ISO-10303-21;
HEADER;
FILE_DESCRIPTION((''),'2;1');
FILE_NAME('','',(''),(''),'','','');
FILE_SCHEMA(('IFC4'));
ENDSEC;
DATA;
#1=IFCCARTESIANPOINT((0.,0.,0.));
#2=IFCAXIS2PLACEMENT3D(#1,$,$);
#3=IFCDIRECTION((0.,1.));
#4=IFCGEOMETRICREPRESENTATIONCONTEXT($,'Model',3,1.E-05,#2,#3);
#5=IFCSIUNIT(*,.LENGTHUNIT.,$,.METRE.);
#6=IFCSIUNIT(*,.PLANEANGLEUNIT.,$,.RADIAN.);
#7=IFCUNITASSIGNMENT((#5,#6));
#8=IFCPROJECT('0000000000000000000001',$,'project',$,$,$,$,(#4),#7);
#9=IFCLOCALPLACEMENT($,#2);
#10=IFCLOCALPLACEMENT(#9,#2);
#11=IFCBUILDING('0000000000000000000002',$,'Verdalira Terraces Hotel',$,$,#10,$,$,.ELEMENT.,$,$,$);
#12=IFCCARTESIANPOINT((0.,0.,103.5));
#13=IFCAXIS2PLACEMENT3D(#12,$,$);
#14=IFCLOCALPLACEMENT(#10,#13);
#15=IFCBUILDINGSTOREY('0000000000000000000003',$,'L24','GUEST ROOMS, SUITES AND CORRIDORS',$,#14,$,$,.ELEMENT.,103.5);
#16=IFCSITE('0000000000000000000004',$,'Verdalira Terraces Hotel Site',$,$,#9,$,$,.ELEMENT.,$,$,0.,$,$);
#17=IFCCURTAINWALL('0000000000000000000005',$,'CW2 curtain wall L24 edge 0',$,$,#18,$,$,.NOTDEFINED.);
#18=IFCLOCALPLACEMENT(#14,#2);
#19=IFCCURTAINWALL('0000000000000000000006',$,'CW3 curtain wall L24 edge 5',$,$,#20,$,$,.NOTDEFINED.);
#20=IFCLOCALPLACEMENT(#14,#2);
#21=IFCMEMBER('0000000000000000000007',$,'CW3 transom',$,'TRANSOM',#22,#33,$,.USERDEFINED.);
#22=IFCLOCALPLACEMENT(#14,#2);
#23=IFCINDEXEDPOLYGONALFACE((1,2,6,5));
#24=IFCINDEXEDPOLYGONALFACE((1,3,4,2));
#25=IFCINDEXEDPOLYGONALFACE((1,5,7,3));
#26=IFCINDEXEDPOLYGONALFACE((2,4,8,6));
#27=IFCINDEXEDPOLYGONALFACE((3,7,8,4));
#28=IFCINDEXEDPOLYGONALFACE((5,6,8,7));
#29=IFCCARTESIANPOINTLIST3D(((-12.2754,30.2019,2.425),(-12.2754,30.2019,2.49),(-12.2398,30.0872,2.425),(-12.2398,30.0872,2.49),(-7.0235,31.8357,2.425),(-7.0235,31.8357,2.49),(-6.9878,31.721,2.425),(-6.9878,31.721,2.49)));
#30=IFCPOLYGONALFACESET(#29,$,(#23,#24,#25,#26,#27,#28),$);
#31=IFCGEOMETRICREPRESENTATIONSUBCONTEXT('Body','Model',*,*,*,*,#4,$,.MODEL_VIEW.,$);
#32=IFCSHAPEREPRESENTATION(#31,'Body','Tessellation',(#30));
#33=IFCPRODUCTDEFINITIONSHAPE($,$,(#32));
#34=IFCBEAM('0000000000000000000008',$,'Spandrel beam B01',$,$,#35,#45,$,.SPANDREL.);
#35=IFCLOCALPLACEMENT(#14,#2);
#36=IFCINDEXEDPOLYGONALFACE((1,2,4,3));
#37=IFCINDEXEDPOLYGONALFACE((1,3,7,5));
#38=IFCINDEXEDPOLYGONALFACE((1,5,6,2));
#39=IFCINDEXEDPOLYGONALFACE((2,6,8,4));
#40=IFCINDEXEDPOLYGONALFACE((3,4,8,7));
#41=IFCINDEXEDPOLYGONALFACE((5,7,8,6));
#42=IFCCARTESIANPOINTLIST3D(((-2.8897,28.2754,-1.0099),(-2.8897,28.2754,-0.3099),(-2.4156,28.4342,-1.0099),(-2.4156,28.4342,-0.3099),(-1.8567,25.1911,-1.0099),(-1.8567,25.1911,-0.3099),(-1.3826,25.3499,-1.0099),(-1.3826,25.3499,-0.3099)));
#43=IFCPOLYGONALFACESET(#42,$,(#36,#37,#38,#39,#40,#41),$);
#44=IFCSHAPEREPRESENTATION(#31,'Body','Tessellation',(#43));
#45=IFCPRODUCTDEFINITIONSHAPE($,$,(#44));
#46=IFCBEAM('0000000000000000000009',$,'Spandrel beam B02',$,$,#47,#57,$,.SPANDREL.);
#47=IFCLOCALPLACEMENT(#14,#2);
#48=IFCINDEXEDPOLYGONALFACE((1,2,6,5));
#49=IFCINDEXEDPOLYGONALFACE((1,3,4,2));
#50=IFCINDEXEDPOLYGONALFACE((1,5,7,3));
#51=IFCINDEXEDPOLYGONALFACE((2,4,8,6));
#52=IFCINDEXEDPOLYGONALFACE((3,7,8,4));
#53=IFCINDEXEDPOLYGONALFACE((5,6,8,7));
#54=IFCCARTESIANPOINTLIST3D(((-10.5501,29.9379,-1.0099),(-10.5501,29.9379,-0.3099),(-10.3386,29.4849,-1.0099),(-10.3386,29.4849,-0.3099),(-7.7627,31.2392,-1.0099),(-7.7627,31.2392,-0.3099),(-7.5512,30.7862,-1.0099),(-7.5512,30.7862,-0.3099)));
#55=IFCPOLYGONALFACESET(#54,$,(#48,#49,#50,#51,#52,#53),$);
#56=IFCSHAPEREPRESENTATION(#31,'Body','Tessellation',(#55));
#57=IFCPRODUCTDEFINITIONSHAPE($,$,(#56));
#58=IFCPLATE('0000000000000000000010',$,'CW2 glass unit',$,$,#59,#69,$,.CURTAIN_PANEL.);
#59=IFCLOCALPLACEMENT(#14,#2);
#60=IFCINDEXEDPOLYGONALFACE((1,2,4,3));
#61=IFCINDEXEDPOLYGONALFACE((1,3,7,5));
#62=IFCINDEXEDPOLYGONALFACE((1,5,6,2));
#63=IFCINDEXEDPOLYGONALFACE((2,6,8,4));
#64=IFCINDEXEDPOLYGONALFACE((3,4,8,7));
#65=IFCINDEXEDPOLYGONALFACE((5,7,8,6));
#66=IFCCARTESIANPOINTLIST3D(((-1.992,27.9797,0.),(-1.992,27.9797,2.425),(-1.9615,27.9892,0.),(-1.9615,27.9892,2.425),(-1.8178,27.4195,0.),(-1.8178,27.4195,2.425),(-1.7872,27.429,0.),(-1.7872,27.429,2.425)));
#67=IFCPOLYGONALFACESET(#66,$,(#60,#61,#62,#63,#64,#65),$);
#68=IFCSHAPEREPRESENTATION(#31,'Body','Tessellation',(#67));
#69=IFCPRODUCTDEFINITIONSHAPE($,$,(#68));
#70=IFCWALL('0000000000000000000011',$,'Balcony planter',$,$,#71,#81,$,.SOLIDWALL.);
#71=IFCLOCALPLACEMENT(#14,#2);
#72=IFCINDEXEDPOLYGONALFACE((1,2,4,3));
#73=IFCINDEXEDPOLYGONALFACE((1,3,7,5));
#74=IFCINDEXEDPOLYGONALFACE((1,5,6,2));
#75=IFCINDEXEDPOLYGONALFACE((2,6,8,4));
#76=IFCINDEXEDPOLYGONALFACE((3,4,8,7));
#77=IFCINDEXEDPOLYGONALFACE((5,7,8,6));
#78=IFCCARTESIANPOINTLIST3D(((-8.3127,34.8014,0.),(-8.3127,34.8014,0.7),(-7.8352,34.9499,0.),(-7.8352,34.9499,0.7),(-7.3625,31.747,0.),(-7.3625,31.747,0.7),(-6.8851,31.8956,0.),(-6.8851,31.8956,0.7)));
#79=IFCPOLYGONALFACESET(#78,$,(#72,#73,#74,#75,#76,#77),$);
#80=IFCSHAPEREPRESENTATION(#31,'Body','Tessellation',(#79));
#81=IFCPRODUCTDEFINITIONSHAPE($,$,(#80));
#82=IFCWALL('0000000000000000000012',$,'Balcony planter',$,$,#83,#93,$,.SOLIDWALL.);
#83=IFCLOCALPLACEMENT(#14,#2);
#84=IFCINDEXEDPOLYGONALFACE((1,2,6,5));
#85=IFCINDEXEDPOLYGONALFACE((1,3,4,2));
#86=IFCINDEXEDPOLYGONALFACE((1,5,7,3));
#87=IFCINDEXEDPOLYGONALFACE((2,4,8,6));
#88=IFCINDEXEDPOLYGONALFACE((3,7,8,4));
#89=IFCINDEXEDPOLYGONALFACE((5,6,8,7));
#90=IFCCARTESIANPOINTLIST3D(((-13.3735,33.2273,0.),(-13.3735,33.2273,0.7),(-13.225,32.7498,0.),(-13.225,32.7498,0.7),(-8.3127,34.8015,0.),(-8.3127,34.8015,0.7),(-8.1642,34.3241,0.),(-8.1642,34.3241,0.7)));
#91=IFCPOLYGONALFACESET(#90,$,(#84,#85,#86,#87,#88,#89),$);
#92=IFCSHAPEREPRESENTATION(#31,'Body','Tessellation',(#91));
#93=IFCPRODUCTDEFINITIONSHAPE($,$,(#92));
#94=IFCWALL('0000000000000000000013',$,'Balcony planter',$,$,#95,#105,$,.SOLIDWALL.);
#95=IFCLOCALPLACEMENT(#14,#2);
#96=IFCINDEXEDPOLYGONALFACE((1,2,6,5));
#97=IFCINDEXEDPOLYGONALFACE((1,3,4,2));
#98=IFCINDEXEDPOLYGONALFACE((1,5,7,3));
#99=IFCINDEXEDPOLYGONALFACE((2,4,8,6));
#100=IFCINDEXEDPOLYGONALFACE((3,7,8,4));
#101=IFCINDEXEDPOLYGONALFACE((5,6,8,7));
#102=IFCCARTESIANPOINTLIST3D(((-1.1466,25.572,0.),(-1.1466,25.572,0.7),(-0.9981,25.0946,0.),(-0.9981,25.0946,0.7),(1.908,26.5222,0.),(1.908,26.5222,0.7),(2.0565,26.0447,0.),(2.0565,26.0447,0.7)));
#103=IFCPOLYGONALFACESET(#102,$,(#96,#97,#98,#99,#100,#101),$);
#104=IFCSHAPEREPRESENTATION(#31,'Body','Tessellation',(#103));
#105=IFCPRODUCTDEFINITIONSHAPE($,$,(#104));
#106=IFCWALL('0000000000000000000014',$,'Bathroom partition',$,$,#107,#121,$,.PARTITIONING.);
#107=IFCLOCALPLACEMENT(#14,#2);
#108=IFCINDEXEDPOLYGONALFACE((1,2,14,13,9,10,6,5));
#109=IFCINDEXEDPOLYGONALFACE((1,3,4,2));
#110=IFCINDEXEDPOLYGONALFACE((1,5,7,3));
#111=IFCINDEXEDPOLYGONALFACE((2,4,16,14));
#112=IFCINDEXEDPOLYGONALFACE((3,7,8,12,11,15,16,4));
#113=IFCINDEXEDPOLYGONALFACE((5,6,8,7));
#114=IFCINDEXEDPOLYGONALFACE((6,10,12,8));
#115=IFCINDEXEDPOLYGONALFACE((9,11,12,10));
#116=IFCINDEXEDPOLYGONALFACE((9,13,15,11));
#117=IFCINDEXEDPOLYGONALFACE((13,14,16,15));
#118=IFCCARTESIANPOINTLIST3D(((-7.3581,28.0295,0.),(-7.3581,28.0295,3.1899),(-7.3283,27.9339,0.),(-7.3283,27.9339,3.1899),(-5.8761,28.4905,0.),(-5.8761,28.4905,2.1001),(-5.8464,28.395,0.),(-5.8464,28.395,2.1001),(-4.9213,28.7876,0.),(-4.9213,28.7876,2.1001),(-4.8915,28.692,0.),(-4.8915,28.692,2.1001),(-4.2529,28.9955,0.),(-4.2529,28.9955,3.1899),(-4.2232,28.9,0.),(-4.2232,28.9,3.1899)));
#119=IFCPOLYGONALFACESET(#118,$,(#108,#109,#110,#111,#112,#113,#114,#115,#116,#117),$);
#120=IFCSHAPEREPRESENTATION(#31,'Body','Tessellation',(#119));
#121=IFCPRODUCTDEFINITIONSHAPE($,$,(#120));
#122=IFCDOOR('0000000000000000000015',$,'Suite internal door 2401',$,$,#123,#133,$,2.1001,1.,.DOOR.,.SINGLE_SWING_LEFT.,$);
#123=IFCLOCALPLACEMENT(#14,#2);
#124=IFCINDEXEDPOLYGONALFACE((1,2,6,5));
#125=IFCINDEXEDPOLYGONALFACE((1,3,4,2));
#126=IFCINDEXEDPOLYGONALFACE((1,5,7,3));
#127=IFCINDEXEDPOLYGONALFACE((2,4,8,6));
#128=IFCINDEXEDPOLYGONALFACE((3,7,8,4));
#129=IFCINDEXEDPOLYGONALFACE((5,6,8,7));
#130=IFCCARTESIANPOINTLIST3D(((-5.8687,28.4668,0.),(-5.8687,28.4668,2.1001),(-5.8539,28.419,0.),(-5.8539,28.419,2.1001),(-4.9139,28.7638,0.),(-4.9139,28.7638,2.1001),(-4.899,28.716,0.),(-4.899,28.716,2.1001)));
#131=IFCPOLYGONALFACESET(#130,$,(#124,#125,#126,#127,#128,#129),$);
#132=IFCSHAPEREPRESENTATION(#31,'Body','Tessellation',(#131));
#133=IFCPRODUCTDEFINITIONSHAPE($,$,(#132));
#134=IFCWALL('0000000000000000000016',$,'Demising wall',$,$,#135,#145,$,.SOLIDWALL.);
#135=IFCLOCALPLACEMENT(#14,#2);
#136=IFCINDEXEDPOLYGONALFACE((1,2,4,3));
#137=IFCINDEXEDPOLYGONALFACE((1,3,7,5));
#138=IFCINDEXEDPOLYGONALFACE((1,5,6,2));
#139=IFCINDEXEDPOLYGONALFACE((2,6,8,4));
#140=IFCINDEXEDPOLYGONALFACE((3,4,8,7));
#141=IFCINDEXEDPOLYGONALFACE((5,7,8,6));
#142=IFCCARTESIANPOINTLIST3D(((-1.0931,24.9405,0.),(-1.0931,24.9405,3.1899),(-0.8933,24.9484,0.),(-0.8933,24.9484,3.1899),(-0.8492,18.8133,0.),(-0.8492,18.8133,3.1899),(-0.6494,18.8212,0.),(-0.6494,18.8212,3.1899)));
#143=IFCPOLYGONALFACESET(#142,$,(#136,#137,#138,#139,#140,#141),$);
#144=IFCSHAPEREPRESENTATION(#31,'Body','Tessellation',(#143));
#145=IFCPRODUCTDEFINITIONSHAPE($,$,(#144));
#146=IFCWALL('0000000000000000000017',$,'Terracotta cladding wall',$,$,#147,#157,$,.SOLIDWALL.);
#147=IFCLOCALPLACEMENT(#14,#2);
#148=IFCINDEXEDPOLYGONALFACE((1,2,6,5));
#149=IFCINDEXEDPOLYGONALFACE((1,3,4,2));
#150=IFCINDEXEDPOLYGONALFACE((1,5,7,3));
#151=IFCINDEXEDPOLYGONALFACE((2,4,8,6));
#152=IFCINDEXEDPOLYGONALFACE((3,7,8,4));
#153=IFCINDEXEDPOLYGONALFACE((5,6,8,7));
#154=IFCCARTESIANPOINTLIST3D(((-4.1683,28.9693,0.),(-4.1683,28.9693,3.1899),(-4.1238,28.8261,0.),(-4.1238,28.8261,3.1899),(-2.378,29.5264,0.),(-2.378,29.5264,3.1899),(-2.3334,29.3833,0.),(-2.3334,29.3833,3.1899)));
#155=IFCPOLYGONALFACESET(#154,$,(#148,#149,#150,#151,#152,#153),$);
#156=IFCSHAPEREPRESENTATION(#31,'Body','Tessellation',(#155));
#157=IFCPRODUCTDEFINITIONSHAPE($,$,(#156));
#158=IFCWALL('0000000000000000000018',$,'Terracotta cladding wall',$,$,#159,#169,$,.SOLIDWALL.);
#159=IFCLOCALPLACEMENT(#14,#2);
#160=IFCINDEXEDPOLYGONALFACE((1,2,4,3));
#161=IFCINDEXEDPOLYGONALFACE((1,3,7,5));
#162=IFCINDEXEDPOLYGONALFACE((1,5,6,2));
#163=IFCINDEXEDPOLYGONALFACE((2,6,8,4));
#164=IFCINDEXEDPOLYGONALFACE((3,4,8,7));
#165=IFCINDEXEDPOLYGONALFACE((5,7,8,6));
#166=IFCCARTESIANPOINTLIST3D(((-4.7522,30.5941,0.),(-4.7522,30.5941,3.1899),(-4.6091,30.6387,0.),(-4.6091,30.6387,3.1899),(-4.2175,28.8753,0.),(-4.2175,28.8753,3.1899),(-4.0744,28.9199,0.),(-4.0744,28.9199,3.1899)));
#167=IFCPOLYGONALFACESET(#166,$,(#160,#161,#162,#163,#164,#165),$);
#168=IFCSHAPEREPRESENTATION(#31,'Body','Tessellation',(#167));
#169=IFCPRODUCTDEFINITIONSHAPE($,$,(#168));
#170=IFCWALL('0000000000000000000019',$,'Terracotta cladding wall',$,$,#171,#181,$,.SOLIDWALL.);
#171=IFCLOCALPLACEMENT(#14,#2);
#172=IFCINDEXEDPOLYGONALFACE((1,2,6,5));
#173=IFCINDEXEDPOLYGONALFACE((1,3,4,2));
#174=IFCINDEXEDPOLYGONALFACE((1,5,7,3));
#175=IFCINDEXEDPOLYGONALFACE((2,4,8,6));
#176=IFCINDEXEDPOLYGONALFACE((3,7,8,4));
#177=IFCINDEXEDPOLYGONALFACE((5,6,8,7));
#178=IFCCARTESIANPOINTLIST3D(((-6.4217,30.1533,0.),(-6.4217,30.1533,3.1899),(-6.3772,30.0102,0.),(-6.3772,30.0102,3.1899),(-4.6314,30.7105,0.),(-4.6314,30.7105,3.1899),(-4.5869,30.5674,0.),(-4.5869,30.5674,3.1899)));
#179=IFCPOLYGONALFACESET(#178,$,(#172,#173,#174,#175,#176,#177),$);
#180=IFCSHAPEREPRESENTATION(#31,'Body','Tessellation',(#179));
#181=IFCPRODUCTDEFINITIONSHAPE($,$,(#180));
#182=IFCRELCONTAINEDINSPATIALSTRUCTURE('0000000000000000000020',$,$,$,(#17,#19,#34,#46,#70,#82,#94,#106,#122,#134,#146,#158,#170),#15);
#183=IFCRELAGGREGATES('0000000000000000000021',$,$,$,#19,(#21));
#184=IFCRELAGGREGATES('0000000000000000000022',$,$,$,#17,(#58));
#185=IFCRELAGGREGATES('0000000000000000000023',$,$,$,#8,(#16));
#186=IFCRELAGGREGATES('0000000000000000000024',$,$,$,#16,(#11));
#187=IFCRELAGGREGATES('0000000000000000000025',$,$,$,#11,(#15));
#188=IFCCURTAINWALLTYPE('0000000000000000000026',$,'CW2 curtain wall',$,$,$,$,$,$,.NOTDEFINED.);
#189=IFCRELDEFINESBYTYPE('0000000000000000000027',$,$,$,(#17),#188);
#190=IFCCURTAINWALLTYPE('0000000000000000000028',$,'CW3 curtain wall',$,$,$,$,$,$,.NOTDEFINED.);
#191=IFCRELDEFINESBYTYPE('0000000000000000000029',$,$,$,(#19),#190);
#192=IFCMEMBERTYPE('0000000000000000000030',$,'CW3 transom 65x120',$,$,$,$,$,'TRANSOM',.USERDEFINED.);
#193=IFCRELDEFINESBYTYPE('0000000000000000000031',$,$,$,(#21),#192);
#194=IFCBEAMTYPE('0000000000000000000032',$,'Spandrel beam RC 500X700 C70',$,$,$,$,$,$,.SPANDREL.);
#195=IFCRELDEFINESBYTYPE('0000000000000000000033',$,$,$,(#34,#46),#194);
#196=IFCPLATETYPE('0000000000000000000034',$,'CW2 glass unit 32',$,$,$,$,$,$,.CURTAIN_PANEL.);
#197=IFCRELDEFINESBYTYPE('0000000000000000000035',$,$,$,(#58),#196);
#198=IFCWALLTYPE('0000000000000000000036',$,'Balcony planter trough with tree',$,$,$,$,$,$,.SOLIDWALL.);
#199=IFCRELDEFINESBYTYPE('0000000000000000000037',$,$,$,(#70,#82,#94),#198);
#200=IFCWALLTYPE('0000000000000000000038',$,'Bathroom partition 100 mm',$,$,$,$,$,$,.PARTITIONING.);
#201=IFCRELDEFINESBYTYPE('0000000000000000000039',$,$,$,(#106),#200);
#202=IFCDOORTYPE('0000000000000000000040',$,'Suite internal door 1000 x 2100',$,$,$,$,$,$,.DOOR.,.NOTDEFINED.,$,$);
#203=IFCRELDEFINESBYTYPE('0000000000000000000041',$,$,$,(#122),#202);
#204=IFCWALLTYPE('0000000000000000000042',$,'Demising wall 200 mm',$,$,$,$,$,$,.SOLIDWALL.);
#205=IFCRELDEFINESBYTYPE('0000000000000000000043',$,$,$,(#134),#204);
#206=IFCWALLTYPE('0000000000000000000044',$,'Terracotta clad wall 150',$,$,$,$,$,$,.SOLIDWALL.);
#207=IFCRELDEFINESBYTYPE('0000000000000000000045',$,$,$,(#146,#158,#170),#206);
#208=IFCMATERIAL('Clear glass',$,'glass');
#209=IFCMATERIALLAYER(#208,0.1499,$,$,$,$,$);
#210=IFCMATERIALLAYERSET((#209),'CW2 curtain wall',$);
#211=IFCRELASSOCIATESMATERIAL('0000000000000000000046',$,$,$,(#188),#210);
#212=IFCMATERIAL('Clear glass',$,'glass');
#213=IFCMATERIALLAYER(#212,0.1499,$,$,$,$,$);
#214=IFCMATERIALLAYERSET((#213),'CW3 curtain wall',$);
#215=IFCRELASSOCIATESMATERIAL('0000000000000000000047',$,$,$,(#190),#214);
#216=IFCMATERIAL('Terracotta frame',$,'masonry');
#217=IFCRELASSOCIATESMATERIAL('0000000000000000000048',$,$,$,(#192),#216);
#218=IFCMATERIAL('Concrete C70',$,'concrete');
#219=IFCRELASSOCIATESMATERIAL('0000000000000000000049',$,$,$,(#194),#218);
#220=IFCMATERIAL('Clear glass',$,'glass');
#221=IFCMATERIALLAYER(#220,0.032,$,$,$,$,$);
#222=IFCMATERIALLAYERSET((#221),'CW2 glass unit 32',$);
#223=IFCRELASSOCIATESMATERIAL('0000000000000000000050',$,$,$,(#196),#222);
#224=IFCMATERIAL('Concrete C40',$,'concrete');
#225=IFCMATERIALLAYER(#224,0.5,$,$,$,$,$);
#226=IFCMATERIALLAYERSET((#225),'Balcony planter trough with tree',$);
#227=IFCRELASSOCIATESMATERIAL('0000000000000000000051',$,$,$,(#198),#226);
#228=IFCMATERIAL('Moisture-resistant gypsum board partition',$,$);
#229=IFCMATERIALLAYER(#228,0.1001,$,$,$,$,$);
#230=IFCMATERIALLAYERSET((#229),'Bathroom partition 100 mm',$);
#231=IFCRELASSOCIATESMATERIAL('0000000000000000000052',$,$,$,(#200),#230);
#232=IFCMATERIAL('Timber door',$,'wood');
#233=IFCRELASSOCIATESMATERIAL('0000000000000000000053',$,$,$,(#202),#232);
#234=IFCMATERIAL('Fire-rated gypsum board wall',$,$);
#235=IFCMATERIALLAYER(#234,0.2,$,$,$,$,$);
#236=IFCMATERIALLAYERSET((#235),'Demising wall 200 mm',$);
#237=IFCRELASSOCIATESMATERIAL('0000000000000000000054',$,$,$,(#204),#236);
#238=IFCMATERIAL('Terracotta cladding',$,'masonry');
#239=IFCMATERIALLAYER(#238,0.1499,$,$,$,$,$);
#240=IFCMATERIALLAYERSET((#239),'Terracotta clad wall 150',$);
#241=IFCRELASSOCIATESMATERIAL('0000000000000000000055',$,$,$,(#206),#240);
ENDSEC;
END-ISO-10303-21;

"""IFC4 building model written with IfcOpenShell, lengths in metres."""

from ifc_helpers import new_model, si_unit, direction, frame, frame_2d, origin, origin_2d, place, context, subcontext, project, spatial, rectangle, extrude, material, layer, layer_set, material_profile, profile_set, type_object, element, fill, aggregate, save


model = new_model("IFC4")

# Units and contexts
model_context = context("Model", 3, precision=1e-05, world=origin(), true_north=direction((0.0, 1.0)))
body_context = subcontext(model_context, "Body", "Model", "MODEL_VIEW")
ifc_project = project(units=[si_unit("LENGTHUNIT", "METRE"), si_unit("PLANEANGLEUNIT", "RADIAN")], contexts=[model_context])

# Site, building, storey
site_placement = place(None, origin())
site = spatial("IfcSite", under=ifc_project, at=site_placement, Name="Verdalira Terraces Hotel Site", CompositionType="ELEMENT", RefElevation=0.0)
building_placement = place(site_placement, origin())
building = spatial("IfcBuilding", under=site, at=building_placement, Name="Verdalira Terraces Hotel", CompositionType="ELEMENT")
storey_placement = place(building_placement, frame((0.0, 0.0, 103.5)))
storey = spatial("IfcBuildingStorey", under=building, at=storey_placement, Name="L24", Description="GUEST ROOMS, SUITES AND CORRIDORS", CompositionType="ELEMENT", Elevation=103.5)

# Curtain walls, member
ifc_material_1 = material(Name="Clear glass", Category="glass")
ifc_layer_1 = layer(ifc_material_1, 0.1499)
ifc_layer_set_1 = layer_set([ifc_layer_1], Name="CW2 curtain wall")
curtain_wall_type_1 = type_object("IfcCurtainWallType", Name="CW2 curtain wall", PredefinedType="NOTDEFINED", material=ifc_layer_set_1)
curtain_wall_1_placement = place(storey_placement, origin())
curtain_wall_1 = element("IfcCurtainWall", 1, at=curtain_wall_1_placement, inside=storey, type_object=curtain_wall_type_1, Name="CW2 curtain wall L24 edge 0", PredefinedType="NOTDEFINED")
ifc_material_2 = material(Name="Clear glass", Category="glass")
ifc_layer_2 = layer(ifc_material_2, 0.1499)
ifc_layer_set_2 = layer_set([ifc_layer_2], Name="CW3 curtain wall")
curtain_wall_type_2 = type_object("IfcCurtainWallType", Name="CW3 curtain wall", PredefinedType="NOTDEFINED", material=ifc_layer_set_2)
curtain_wall_2_placement = place(storey_placement, origin())
curtain_wall_2 = element("IfcCurtainWall", 2, at=curtain_wall_2_placement, inside=storey, type_object=curtain_wall_type_2, Name="CW3 curtain wall L24 edge 5", PredefinedType="NOTDEFINED")
ifc_material_3 = material(Name="Terracotta frame", Category="masonry")
ifc_material_profile_1 = material_profile(ifc_material_3, rectangle(XDim=0.1201, YDim=0.0649, at=origin_2d()), Name="TR 65x120")
ifc_profile_set_1 = profile_set([ifc_material_profile_1], Name="Terracotta frame")
member_type_1 = type_object("IfcMemberType", Name="CW3 transom 65x120", ElementType="TRANSOM", PredefinedType="USERDEFINED", material=ifc_profile_set_1)
member_1_placement = place(storey_placement, frame((-7.0056, 31.7783, 2.4575), z_axis=(-0.954865, -0.297041, 0.0), x_axis=(0.297041, -0.954865, 0.0)))
member_1 = element("IfcMember", 3, at=member_1_placement, type_object=member_type_1, Name="CW3 transom", ObjectType="TRANSOM", PredefinedType="USERDEFINED", context=body_context, shape_type="SweptSolid", body=[
    extrude(rectangle(XDim=0.1201, YDim=0.0649, at=origin_2d()), origin(), (0.0, 0.0, 1.0), 5.5002),
])
aggregate(curtain_wall_2, [member_1])

# Beams
ifc_material_4 = material(Name="Concrete C70", Category="concrete")
ifc_material_profile_2 = material_profile(ifc_material_4, rectangle(XDim=0.5, YDim=0.7, at=origin_2d()), Name="RC 500X700")
ifc_profile_set_2 = profile_set([ifc_material_profile_2], Name="Concrete C70")
beam_type_1 = type_object("IfcBeamType", Name="Spandrel beam RC 500X700 C70", PredefinedType="SPANDREL", material=ifc_profile_set_2)
beam_1_placement = place(storey_placement, frame((-1.6196, 25.2705, -0.6599), z_axis=(-0.317579, 0.948232, 0.0), x_axis=(-0.948232, -0.317579, 0.0)))
element("IfcBeam", 4, at=beam_1_placement, inside=storey, type_object=beam_type_1, Name="Spandrel beam B01", PredefinedType="SPANDREL", context=body_context, shape_type="SweptSolid", body=[
    extrude(rectangle(XDim=0.5, YDim=0.7, at=origin_2d()), origin(), (0.0, 0.0, 1.0), 3.2527),
])
beam_2_placement = place(storey_placement, frame((-7.657, 31.0127, -0.6599), z_axis=(-0.90612, -0.42302, 0.0), x_axis=(0.42302, -0.90612, 0.0)))
element("IfcBeam", 5, at=beam_2_placement, inside=storey, type_object=beam_type_1, Name="Spandrel beam B02", PredefinedType="SPANDREL", context=body_context, shape_type="SweptSolid", body=[
    extrude(rectangle(XDim=0.5, YDim=0.7, at=origin_2d()), origin(), (0.0, 0.0, 1.0), 3.0762),
])

# Plate
ifc_material_5 = material(Name="Clear glass", Category="glass")
ifc_layer_3 = layer(ifc_material_5, 0.032)
ifc_layer_set_3 = layer_set([ifc_layer_3], Name="CW2 glass unit 32")
plate_type = type_object("IfcPlateType", Name="CW2 glass unit 32", PredefinedType="CURTAIN_PANEL", material=ifc_layer_set_3)
plate_placement = place(storey_placement, frame((-1.8896, 27.7043, 0.0), z_axis=(0.0, 0.0, 1.0), x_axis=(-0.297042, 0.954865, 0.0)))
plate = element("IfcPlate", 6, at=plate_placement, type_object=plate_type, Name="CW2 glass unit", PredefinedType="CURTAIN_PANEL", context=body_context, shape_type="SweptSolid", body=[
    extrude(rectangle(XDim=0.5867, YDim=0.032, at=origin_2d()), origin(), (0.0, 0.0, 1.0), 2.425),
])
aggregate(curtain_wall_1, [plate])

# Walls
ifc_material_6 = material(Name="Concrete C40", Category="concrete")
ifc_layer_4 = layer(ifc_material_6, 0.5)
ifc_layer_set_4 = layer_set([ifc_layer_4], Name="Balcony planter trough with tree")
wall_type_1 = type_object("IfcWallType", Name="Balcony planter trough with tree", PredefinedType="SOLIDWALL", material=ifc_layer_set_4)
wall_1_placement = place(storey_placement, frame((-7.1238, 31.8213, 0.0), z_axis=(0.0, 0.0, 1.0), x_axis=(-0.297045, 0.954864, 0.0)))
element("IfcWall", 7, at=wall_1_placement, inside=storey, type_object=wall_type_1, Name="Balcony planter", PredefinedType="SOLIDWALL", context=body_context, shape_type="SweptSolid", body=[
    extrude(rectangle(XDim=3.1987, YDim=0.5, at=frame_2d((1.5994, 0.0))), origin(), (0.0, 0.0, 1.0), 0.7),
])
wall_2_placement = place(storey_placement, frame((-8.2385, 34.5627, 0.0), z_axis=(0.0, 0.0, 1.0), x_axis=(-0.95487, -0.297024, 0.0)))
element("IfcWall", 8, at=wall_2_placement, inside=storey, type_object=wall_type_1, Name="Balcony planter", PredefinedType="SOLIDWALL", context=body_context, shape_type="SweptSolid", body=[
    extrude(rectangle(XDim=5.3, YDim=0.5, at=frame_2d((2.6499, 0.0))), origin(), (0.0, 0.0, 1.0), 0.7),
])
wall_3_placement = place(storey_placement, frame((-1.0725, 25.3333, 0.0), z_axis=(0.0, 0.0, 1.0), x_axis=(0.95487, 0.297023, 0.0)))
element("IfcWall", 9, at=wall_3_placement, inside=storey, type_object=wall_type_1, Name="Balcony planter", PredefinedType="SOLIDWALL", context=body_context, shape_type="SweptSolid", body=[
    extrude(rectangle(XDim=3.199, YDim=0.5, at=frame_2d((1.5996, 0.0))), origin(), (0.0, 0.0, 1.0), 0.7),
])

# Wall, opening, door
ifc_material_7 = material(Name="Moisture-resistant gypsum board partition")
ifc_layer_5 = layer(ifc_material_7, 0.1001)
ifc_layer_set_5 = layer_set([ifc_layer_5], Name="Bathroom partition 100 mm")
wall_type_2 = type_object("IfcWallType", Name="Bathroom partition 100 mm", PredefinedType="PARTITIONING", material=ifc_layer_set_5)
wall_4_placement = place(storey_placement, frame((-4.238, 28.9478, 0.0), z_axis=(0.0, 0.0, 1.0), x_axis=(-0.954857, -0.297065, 0.0)))
wall_4 = element("IfcWall", 10, at=wall_4_placement, inside=storey, type_object=wall_type_2, Name="Bathroom partition", PredefinedType="PARTITIONING", context=body_context, shape_type="SweptSolid", body=[
    extrude(rectangle(XDim=3.252, YDim=0.1001, at=frame_2d((1.626, 0.0))), origin(), (0.0, 0.0, 1.0), 3.1899),
])
opening_1_placement = place(wall_4_placement, frame((0.7, 0.0, 0.0)))
opening_1 = element("IfcOpeningElement", 11, at=opening_1_placement, cuts=wall_4, PredefinedType="OPENING", context=body_context, shape_type="SweptSolid", body=[
    extrude(rectangle(XDim=1.0, YDim=2.1001, at=frame_2d((0.5, 1.05))), frame((0.0, 0.0601, 0.0), z_axis=(0.0, -1.0, 0.0), x_axis=(1.0, 0.0, 0.0)), (0.0, 0.0, 1.0), 0.1201),
])
ifc_material_8 = material(Name="Timber door", Category="wood")
door_type_1 = type_object("IfcDoorType", Name="Suite internal door 1000 x 2100", OperationType="NOTDEFINED", PredefinedType="DOOR", material=ifc_material_8)
door_1_placement = place(opening_1_placement, origin())
door_1 = element("IfcDoor", 12, at=door_1_placement, inside=storey, type_object=door_type_1, Name="Suite internal door 2401", OperationType="SINGLE_SWING_LEFT", OverallHeight=2.1001, OverallWidth=1.0, PredefinedType="DOOR", context=body_context, shape_type="SweptSolid", body=[
    extrude(rectangle(XDim=1.0, YDim=2.1001, at=frame_2d((0.5, 1.05))), frame((0.0, 0.0249, 0.0), z_axis=(0.0, -1.0, 0.0), x_axis=(1.0, 0.0, 0.0)), (0.0, 0.0, 1.0), 0.05),
])
fill(opening_1, door_1)

# Walls
ifc_material_9 = material(Name="Fire-rated gypsum board wall")
ifc_layer_6 = layer(ifc_material_9, 0.2)
ifc_layer_set_6 = layer_set([ifc_layer_6], Name="Demising wall 200 mm")
wall_type_3 = type_object("IfcWallType", Name="Demising wall 200 mm", PredefinedType="SOLIDWALL", material=ifc_layer_set_6)
wall_5_placement = place(storey_placement, frame((-0.9932, 24.9443, 0.0), z_axis=(0.0, 0.0, 1.0), x_axis=(0.039774, -0.999209, 0.0)))
element("IfcWall", 13, at=wall_5_placement, inside=storey, type_object=wall_type_3, Name="Demising wall", PredefinedType="SOLIDWALL", context=body_context, shape_type="SweptSolid", body=[
    extrude(rectangle(XDim=6.1321, YDim=0.2, at=frame_2d((3.0659, 0.0))), origin(), (0.0, 0.0, 1.0), 3.1899),
])
ifc_material_10 = material(Name="Terracotta cladding", Category="masonry")
ifc_layer_7 = layer(ifc_material_10, 0.1499)
ifc_layer_set_7 = layer_set([ifc_layer_7], Name="Terracotta clad wall 150")
wall_type_4 = type_object("IfcWallType", Name="Terracotta clad wall 150", PredefinedType="SOLIDWALL", material=ifc_layer_set_7)
wall_6_placement = place(storey_placement, frame((-2.3557, 29.4548, 0.0), z_axis=(0.0, 0.0, 1.0), x_axis=(-0.954834, -0.29714, 0.0)))
element("IfcWall", 14, at=wall_6_placement, inside=storey, type_object=wall_type_4, Name="Terracotta cladding wall", PredefinedType="SOLIDWALL", context=body_context, shape_type="SweptSolid", body=[
    extrude(rectangle(XDim=1.875, YDim=0.1499, at=frame_2d((0.9375, 0.0))), origin(), (0.0, 0.0, 1.0), 3.1899),
])
wall_7_placement = place(storey_placement, frame((-4.146, 28.8977, 0.0), z_axis=(0.0, 0.0, 1.0), x_axis=(-0.297039, 0.954865, 0.0)))
element("IfcWall", 15, at=wall_7_placement, inside=storey, type_object=wall_type_4, Name="Terracotta cladding wall", PredefinedType="SOLIDWALL", context=body_context, shape_type="SweptSolid", body=[
    extrude(rectangle(XDim=1.8, YDim=0.1499, at=frame_2d((0.8999, 0.0))), origin(), (0.0, 0.0, 1.0), 3.1899),
])
wall_8_placement = place(storey_placement, frame((-4.6091, 30.6389, 0.0), z_axis=(0.0, 0.0, 1.0), x_axis=(-0.954834, -0.29714, 0.0)))
element("IfcWall", 16, at=wall_8_placement, inside=storey, type_object=wall_type_4, Name="Terracotta cladding wall", PredefinedType="SOLIDWALL", context=body_context, shape_type="SweptSolid", body=[
    extrude(rectangle(XDim=1.875, YDim=0.1499, at=frame_2d((0.9375, 0.0))), origin(), (0.0, 0.0, 1.0), 3.1899),
])

save(model, "model.ifc")
